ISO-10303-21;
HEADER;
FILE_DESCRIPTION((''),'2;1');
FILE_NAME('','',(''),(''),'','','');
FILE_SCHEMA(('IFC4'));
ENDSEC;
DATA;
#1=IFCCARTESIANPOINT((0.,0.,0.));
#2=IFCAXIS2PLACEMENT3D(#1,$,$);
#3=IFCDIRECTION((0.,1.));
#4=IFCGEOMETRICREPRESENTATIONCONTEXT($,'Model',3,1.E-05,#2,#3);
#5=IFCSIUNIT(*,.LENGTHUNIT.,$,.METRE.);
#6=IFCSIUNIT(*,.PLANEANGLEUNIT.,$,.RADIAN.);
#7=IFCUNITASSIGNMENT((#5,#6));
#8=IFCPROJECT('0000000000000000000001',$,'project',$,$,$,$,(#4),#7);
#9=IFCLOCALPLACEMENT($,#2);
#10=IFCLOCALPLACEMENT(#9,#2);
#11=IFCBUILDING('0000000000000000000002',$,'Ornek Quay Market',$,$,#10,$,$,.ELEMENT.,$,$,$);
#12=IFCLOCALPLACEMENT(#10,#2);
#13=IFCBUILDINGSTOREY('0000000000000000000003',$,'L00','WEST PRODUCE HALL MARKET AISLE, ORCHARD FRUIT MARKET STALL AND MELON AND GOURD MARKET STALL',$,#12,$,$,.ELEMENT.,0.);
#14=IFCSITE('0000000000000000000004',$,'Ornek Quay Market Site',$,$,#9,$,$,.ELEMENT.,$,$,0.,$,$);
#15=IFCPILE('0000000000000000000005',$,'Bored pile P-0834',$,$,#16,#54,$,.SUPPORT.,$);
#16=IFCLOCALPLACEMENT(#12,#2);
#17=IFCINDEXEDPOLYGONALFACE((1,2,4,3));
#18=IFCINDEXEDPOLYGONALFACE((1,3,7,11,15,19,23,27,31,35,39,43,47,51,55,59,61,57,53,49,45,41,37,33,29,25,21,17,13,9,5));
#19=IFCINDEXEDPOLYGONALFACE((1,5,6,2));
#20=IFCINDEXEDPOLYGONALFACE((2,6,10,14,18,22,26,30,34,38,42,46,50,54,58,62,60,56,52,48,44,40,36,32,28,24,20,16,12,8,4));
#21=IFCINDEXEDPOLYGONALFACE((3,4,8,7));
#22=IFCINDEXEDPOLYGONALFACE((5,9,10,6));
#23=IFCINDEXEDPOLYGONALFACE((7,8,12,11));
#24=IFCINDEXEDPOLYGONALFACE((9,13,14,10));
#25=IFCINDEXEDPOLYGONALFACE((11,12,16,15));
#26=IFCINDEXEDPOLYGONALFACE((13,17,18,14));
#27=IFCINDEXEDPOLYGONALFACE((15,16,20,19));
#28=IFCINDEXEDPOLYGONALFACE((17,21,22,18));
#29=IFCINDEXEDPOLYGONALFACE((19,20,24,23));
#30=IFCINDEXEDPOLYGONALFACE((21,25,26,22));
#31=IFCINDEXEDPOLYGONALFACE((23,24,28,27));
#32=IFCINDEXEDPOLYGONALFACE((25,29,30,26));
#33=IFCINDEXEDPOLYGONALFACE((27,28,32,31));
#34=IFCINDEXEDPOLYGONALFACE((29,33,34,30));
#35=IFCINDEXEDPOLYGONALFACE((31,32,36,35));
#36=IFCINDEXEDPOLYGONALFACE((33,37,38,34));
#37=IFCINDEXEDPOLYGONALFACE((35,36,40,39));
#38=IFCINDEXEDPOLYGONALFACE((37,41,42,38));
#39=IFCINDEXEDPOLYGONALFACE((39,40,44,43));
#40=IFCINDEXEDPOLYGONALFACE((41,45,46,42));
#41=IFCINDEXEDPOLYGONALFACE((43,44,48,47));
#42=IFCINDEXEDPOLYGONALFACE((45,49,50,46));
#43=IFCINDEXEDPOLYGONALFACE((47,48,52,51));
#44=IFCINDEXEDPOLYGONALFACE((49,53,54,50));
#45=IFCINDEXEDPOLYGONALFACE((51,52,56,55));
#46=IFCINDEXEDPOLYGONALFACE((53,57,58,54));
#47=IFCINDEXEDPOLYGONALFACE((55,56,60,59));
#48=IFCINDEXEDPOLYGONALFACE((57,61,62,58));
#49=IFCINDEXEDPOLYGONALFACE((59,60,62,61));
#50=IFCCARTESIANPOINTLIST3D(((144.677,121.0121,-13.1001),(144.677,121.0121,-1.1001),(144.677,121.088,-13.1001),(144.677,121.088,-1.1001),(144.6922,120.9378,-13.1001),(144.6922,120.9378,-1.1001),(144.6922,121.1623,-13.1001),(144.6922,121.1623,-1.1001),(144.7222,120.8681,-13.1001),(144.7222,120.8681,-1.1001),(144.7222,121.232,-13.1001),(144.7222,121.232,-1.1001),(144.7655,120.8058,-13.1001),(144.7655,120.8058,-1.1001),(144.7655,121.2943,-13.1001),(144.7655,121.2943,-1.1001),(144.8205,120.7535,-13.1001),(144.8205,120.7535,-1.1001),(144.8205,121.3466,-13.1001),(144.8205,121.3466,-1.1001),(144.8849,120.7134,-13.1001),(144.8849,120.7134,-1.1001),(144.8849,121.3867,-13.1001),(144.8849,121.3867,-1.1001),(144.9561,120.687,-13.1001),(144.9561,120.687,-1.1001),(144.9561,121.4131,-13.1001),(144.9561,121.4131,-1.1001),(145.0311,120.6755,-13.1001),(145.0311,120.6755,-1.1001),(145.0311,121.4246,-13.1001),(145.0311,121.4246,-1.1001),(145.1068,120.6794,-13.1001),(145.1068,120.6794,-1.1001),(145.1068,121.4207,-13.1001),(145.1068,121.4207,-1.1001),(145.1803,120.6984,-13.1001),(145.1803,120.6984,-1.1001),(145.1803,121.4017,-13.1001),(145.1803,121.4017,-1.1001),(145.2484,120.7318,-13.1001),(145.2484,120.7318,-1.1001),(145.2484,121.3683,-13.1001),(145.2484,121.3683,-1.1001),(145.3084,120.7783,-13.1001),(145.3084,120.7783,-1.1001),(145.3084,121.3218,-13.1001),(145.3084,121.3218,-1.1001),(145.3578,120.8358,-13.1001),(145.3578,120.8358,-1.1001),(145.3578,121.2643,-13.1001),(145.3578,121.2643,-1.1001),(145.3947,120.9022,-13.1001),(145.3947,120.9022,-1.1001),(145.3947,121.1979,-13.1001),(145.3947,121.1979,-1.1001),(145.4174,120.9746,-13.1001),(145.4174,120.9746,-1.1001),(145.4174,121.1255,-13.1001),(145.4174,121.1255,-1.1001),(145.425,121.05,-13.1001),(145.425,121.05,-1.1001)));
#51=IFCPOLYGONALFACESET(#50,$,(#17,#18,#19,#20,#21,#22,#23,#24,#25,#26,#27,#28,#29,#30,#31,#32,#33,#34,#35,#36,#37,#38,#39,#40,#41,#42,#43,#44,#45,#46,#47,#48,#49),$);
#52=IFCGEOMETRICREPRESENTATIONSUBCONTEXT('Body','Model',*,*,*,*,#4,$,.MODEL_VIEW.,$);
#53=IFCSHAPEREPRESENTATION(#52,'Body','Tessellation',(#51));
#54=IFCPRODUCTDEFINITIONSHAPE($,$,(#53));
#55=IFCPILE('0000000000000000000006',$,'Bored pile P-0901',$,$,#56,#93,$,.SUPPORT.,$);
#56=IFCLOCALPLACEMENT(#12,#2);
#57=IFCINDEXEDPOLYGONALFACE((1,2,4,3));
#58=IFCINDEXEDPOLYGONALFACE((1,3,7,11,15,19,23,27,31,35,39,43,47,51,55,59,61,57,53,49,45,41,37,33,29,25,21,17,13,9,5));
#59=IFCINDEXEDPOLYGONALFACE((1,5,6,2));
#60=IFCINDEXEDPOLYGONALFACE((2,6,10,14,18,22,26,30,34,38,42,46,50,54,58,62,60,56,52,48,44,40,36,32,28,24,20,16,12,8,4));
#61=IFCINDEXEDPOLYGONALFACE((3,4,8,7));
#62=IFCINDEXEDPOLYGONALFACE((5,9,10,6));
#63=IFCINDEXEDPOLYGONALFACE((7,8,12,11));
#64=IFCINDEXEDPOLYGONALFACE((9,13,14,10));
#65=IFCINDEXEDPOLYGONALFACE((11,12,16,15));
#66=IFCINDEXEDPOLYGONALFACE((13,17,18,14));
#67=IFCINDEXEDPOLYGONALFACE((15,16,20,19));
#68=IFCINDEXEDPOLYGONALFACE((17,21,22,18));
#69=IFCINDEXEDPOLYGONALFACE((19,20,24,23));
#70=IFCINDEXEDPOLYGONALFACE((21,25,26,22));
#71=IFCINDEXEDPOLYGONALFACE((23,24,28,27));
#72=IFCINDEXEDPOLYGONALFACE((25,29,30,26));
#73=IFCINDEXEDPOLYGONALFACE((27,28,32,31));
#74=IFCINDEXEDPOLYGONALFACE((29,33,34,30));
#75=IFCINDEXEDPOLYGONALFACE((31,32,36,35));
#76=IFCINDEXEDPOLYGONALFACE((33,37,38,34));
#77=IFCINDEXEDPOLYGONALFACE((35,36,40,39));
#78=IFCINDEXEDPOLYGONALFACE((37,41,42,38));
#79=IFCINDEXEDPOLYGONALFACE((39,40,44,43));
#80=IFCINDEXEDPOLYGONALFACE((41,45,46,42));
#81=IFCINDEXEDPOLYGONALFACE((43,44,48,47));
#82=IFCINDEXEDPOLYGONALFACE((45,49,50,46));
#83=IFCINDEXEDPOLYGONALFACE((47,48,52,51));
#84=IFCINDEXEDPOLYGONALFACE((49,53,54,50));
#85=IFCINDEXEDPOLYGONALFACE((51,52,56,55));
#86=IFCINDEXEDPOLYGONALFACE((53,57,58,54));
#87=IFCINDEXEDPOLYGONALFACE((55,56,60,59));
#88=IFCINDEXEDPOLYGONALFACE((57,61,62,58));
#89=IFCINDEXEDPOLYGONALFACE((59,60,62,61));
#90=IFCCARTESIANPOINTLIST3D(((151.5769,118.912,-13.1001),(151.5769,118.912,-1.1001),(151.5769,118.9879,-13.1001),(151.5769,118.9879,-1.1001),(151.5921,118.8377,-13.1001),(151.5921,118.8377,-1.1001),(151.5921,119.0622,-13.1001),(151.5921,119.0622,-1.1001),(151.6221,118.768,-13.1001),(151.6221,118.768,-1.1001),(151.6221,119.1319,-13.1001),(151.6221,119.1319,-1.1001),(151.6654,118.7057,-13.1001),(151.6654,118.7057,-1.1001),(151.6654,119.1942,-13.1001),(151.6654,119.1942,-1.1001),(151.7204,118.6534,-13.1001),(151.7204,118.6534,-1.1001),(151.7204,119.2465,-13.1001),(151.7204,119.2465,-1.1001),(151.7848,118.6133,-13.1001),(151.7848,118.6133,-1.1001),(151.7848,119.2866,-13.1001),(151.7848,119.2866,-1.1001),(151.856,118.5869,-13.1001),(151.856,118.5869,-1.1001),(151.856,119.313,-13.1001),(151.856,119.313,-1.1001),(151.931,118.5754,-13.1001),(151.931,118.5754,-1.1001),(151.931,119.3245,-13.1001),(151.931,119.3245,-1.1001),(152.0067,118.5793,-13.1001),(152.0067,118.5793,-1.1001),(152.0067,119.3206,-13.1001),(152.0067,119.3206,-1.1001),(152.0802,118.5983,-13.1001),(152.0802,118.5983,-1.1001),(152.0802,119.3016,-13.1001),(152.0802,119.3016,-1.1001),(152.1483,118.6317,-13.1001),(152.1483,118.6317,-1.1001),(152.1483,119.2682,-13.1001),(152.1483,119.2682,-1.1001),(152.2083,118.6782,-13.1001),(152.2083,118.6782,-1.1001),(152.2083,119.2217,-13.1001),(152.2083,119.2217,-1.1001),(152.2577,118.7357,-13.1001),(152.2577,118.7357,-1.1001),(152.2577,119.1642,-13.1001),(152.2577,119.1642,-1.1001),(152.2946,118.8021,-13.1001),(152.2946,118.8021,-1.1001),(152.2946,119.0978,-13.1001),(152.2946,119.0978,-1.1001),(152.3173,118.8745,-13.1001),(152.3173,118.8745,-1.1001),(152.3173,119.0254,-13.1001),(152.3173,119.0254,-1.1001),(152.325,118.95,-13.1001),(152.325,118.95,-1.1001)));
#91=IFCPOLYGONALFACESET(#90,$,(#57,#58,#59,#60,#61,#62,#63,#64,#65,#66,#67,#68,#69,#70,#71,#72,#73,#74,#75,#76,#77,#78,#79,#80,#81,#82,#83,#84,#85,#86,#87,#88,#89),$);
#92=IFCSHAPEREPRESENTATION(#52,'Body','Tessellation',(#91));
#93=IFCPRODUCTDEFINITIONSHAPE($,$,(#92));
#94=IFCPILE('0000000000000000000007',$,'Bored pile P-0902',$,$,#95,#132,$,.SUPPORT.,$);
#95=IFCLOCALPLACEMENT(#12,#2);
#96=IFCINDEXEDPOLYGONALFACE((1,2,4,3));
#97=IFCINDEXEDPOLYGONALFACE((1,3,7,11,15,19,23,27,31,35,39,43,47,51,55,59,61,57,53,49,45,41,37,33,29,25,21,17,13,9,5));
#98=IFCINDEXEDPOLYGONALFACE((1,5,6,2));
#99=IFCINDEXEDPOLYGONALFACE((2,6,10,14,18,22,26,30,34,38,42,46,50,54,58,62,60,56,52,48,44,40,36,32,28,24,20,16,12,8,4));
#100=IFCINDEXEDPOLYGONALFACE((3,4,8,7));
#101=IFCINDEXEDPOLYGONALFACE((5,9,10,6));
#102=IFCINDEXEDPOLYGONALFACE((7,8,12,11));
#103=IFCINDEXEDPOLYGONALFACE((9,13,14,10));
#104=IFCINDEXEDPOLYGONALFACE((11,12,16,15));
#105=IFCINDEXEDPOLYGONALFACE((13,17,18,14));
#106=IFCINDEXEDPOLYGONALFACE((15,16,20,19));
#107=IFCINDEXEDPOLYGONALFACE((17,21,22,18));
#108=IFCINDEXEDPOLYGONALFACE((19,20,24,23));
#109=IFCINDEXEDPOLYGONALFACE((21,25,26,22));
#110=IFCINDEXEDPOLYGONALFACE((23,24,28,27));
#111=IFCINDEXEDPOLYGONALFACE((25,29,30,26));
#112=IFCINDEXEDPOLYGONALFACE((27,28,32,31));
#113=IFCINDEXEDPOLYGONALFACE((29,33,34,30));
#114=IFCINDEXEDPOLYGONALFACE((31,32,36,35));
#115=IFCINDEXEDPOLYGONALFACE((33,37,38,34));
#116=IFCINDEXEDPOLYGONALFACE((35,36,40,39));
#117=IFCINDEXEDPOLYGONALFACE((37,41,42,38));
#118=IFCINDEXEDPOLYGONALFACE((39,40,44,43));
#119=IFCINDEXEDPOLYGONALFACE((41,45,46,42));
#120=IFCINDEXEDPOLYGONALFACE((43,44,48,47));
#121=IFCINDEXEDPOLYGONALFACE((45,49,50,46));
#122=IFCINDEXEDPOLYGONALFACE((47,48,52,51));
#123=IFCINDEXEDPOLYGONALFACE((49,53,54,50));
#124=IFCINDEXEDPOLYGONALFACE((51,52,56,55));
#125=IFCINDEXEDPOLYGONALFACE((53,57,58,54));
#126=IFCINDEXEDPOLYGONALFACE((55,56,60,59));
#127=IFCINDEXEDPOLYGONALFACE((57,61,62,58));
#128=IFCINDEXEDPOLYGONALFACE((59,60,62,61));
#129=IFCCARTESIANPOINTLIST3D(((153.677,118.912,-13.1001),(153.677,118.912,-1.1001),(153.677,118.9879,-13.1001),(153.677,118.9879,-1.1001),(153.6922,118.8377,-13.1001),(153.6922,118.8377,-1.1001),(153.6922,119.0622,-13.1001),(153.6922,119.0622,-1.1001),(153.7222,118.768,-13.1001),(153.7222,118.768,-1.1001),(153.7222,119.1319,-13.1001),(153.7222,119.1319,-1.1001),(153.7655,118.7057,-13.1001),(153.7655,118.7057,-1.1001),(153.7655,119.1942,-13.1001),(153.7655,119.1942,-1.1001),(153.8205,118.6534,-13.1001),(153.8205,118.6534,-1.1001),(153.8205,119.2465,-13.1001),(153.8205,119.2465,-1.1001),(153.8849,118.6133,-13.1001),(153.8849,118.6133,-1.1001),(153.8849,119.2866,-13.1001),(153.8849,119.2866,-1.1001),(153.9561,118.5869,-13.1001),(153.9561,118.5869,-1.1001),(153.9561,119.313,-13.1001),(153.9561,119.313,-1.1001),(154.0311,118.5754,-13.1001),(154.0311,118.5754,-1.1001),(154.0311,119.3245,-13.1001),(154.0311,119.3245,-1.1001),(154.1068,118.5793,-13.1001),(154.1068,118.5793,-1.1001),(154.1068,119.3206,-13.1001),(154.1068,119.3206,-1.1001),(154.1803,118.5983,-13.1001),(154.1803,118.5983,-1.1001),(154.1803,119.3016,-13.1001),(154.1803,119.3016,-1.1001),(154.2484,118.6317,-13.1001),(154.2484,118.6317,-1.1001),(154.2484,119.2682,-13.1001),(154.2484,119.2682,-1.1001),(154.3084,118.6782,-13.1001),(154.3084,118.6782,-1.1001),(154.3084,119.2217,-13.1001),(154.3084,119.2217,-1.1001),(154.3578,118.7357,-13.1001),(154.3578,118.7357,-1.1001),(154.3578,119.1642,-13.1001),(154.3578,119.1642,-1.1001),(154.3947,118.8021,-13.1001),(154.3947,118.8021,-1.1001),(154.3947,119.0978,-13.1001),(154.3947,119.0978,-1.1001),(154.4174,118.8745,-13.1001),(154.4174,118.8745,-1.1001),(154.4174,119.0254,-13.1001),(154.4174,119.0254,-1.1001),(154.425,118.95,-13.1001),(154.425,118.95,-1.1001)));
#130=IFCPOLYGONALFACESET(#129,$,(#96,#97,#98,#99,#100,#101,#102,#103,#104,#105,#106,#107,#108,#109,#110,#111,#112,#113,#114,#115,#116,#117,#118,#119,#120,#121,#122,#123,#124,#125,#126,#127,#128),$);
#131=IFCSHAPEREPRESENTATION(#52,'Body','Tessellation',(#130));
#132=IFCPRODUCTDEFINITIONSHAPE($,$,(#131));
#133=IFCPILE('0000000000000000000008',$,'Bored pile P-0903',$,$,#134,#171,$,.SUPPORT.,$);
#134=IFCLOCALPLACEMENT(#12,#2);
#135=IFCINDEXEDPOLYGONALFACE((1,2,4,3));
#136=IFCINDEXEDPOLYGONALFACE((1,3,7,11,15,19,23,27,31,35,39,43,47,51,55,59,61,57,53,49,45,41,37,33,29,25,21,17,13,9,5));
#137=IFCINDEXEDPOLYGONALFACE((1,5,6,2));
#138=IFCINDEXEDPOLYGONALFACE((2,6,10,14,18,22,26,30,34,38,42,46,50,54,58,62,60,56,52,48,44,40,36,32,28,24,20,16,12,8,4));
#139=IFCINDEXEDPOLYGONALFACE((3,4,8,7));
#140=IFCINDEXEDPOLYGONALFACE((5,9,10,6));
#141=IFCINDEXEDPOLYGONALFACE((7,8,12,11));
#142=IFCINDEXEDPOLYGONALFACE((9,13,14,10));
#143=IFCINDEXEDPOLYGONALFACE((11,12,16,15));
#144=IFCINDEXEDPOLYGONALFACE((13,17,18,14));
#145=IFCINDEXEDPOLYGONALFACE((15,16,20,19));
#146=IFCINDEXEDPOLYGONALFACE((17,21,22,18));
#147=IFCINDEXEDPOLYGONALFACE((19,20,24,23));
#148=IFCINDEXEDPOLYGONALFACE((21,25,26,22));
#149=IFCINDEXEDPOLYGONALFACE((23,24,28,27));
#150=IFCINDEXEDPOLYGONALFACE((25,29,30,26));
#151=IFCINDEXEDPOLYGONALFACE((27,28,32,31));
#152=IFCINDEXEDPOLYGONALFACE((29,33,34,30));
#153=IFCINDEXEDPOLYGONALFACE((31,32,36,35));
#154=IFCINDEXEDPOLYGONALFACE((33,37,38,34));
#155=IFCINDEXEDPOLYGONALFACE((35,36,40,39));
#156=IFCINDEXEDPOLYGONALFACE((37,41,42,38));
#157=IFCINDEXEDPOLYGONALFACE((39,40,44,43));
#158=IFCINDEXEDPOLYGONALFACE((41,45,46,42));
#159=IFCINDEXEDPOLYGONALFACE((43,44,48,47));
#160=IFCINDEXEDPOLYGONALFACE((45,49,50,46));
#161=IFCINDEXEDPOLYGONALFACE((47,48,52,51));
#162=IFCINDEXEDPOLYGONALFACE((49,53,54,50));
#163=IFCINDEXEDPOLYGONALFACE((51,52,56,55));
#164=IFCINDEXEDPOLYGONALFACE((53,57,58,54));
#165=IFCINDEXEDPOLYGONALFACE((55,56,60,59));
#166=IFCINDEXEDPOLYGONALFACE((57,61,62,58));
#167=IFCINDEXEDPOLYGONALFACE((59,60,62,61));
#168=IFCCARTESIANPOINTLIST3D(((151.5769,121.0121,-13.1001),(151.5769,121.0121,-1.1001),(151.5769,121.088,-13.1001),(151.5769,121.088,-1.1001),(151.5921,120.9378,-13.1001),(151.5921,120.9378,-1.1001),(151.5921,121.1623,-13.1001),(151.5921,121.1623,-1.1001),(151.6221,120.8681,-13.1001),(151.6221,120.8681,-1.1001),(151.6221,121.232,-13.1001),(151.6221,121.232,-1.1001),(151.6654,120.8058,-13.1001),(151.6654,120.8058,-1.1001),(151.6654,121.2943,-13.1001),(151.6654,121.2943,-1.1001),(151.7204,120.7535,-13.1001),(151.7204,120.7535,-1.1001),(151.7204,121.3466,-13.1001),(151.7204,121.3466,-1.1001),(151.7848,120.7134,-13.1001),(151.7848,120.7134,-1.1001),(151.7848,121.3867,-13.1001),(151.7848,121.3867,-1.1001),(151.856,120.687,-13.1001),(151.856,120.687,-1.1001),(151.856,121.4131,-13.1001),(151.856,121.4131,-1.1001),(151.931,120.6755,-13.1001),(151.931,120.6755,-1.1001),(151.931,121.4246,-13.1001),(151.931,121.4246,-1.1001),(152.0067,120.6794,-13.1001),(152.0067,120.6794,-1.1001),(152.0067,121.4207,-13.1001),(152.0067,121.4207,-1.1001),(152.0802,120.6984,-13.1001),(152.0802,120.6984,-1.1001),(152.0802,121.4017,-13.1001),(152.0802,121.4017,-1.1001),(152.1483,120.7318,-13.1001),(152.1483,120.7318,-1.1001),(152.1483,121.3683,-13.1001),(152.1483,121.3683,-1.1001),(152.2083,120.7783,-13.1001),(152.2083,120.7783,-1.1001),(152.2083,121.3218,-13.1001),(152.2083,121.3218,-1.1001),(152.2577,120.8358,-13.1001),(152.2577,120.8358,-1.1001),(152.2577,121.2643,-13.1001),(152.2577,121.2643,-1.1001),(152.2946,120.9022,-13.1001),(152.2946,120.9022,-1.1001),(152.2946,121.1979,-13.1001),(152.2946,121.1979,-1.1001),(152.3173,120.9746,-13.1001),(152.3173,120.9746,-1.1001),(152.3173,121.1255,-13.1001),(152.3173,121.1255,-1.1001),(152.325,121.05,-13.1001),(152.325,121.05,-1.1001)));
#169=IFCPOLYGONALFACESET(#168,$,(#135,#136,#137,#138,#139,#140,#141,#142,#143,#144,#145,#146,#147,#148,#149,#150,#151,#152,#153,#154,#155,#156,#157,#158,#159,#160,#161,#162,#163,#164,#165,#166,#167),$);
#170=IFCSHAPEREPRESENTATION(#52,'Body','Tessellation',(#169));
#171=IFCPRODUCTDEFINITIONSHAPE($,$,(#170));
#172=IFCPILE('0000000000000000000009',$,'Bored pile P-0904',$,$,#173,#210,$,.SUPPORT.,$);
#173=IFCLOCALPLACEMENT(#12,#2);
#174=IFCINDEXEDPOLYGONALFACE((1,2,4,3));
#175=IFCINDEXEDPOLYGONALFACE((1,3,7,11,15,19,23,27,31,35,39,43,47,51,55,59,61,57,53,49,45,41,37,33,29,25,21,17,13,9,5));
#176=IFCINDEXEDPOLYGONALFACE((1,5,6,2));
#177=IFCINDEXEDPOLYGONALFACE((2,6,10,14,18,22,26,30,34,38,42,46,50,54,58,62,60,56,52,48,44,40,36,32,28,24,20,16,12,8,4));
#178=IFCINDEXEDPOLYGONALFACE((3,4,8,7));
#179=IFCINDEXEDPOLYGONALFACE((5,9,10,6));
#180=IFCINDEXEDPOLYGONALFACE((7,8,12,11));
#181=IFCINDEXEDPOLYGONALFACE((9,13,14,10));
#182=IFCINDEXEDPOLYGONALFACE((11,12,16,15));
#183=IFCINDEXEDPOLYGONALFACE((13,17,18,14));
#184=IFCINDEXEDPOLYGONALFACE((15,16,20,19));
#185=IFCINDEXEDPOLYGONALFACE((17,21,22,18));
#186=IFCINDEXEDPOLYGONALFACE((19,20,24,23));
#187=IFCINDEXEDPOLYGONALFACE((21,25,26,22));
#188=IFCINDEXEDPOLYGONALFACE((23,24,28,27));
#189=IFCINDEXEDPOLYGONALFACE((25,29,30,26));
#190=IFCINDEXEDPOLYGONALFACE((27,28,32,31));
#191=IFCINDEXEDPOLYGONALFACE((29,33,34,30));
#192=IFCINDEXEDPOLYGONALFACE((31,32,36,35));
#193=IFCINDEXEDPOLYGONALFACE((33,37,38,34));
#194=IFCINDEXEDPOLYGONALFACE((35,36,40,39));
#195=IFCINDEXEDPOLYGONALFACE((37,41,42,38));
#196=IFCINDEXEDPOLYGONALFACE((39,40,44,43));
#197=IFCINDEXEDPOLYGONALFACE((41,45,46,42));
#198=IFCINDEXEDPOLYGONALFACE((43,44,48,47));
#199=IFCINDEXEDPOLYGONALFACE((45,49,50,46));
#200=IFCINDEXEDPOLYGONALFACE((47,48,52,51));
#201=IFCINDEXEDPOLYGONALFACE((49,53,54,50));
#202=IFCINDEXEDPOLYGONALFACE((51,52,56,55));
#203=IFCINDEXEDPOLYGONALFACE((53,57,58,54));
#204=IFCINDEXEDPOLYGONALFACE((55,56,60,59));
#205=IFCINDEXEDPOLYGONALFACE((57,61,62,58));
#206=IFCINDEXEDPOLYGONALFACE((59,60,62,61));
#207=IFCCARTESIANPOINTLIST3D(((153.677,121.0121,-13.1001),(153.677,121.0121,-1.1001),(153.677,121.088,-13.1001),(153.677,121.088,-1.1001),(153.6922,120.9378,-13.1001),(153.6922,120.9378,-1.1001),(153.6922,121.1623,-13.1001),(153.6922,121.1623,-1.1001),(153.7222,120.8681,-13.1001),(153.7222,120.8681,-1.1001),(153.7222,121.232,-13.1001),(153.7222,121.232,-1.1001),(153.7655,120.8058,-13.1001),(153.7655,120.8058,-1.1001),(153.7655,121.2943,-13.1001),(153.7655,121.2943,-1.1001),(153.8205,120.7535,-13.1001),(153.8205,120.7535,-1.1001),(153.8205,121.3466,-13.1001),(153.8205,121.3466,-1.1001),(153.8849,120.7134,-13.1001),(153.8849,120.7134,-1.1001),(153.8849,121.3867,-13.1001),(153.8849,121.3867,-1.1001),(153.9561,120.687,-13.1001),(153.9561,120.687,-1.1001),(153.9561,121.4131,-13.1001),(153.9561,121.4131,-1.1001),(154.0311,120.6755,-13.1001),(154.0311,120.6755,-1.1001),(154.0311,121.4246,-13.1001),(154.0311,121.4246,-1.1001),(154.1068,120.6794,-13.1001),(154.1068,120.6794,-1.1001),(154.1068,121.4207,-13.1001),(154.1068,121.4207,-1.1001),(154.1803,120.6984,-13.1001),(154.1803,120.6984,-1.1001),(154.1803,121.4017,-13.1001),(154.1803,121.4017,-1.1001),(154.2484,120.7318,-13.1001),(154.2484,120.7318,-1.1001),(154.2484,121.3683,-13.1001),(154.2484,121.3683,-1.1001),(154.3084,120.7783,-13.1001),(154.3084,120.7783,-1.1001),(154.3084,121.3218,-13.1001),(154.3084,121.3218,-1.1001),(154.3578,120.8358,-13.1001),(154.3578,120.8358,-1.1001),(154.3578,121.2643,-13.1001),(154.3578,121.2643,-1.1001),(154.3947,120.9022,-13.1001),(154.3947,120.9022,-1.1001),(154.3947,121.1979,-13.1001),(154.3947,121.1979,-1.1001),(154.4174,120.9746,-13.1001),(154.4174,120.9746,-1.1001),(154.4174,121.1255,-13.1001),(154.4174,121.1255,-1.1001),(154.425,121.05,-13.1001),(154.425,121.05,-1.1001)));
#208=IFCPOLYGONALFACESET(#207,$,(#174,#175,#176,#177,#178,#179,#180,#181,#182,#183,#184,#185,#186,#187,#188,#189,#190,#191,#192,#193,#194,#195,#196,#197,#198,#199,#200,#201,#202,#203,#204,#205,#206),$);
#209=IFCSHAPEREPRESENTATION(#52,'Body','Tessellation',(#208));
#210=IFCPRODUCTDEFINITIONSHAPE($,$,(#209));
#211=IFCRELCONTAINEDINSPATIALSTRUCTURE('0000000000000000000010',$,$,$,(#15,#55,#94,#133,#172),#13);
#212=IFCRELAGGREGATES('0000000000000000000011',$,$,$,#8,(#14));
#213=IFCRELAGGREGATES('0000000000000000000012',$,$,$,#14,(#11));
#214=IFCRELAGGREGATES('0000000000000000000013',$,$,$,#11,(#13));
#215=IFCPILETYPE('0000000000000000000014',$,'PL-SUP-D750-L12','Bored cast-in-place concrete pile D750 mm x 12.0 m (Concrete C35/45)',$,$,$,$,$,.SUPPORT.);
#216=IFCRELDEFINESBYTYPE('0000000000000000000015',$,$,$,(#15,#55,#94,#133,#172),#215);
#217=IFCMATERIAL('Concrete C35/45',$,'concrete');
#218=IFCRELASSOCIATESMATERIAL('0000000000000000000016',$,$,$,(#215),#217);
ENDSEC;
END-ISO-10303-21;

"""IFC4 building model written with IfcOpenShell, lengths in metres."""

from ifc_helpers import new_model, si_unit, direction, frame, origin, origin_2d, place, context, subcontext, project, spatial, circle, extrude, material, material_profile, profile_set, type_object, element, save


model = new_model("IFC4")

# Units and contexts
model_context = context("Model", 3, precision=1e-05, world=origin(), true_north=direction((0.0, 1.0)))
body_context = subcontext(model_context, "Body", "Model", "MODEL_VIEW")
ifc_project = project(units=[si_unit("LENGTHUNIT", "METRE"), si_unit("PLANEANGLEUNIT", "RADIAN")], contexts=[model_context])

# Site, building, storey
site_placement = place(None, origin())
site = spatial("IfcSite", under=ifc_project, at=site_placement, Name="Ornek Quay Market Site", CompositionType="ELEMENT", RefElevation=0.0)
building_placement = place(site_placement, origin())
building = spatial("IfcBuilding", under=site, at=building_placement, Name="Ornek Quay Market", CompositionType="ELEMENT")
storey_placement = place(building_placement, origin())
storey = spatial("IfcBuildingStorey", under=building, at=storey_placement, Name="L00", Description="WEST PRODUCE HALL MARKET AISLE, ORCHARD FRUIT MARKET STALL AND MELON AND GOURD MARKET STALL", CompositionType="ELEMENT", Elevation=0.0)

# Piles
ifc_material_1 = material(Name="Concrete C35/45", Category="concrete")
ifc_material_profile_1 = material_profile(ifc_material_1, circle(Radius=0.375, at=origin_2d()), Name="PILE D750", Category="concrete")
ifc_profile_set_1 = profile_set([ifc_material_profile_1], Name="Concrete C35/45")
pile_type_1 = type_object("IfcPileType", Name="PL-SUP-D750-L12", Description="Bored cast-in-place concrete pile D750 mm x 12.0 m (Concrete C35/45)", PredefinedType="SUPPORT", material=ifc_profile_set_1)
for number, where, z_axis, x_axis, name in (
    (1, (145.05, 121.05, -1.1001), (0.0, 0.0, -1.0), (1.0, 0.0, 0.0), "Bored pile P-0834"),
    (2, (151.95, 118.95, -1.1001), (0.0, 0.0, -1.0), (1.0, 0.0, 0.0), "Bored pile P-0901"),
    (3, (154.05, 118.95, -1.1001), (0.0, 0.0, -1.0), (1.0, 0.0, 0.0), "Bored pile P-0902"),
    (4, (151.95, 121.05, -1.1001), (0.0, 0.0, -1.0), (1.0, 0.0, 0.0), "Bored pile P-0903"),
    (5, (154.05, 121.05, -1.1001), (0.0, 0.0, -1.0), (1.0, 0.0, 0.0), "Bored pile P-0904"),
):
    element("IfcPile", number, at=place(storey_placement, frame(where, z_axis=z_axis, x_axis=x_axis)), inside=storey, type_object=pile_type_1, Name=name, PredefinedType="SUPPORT", context=body_context, shape_type="SweptSolid", body=[
        extrude(circle(Radius=0.375, at=origin_2d()), origin(), (0.0, 0.0, 1.0), 12.0),
    ])

save(model, "model.ifc")
